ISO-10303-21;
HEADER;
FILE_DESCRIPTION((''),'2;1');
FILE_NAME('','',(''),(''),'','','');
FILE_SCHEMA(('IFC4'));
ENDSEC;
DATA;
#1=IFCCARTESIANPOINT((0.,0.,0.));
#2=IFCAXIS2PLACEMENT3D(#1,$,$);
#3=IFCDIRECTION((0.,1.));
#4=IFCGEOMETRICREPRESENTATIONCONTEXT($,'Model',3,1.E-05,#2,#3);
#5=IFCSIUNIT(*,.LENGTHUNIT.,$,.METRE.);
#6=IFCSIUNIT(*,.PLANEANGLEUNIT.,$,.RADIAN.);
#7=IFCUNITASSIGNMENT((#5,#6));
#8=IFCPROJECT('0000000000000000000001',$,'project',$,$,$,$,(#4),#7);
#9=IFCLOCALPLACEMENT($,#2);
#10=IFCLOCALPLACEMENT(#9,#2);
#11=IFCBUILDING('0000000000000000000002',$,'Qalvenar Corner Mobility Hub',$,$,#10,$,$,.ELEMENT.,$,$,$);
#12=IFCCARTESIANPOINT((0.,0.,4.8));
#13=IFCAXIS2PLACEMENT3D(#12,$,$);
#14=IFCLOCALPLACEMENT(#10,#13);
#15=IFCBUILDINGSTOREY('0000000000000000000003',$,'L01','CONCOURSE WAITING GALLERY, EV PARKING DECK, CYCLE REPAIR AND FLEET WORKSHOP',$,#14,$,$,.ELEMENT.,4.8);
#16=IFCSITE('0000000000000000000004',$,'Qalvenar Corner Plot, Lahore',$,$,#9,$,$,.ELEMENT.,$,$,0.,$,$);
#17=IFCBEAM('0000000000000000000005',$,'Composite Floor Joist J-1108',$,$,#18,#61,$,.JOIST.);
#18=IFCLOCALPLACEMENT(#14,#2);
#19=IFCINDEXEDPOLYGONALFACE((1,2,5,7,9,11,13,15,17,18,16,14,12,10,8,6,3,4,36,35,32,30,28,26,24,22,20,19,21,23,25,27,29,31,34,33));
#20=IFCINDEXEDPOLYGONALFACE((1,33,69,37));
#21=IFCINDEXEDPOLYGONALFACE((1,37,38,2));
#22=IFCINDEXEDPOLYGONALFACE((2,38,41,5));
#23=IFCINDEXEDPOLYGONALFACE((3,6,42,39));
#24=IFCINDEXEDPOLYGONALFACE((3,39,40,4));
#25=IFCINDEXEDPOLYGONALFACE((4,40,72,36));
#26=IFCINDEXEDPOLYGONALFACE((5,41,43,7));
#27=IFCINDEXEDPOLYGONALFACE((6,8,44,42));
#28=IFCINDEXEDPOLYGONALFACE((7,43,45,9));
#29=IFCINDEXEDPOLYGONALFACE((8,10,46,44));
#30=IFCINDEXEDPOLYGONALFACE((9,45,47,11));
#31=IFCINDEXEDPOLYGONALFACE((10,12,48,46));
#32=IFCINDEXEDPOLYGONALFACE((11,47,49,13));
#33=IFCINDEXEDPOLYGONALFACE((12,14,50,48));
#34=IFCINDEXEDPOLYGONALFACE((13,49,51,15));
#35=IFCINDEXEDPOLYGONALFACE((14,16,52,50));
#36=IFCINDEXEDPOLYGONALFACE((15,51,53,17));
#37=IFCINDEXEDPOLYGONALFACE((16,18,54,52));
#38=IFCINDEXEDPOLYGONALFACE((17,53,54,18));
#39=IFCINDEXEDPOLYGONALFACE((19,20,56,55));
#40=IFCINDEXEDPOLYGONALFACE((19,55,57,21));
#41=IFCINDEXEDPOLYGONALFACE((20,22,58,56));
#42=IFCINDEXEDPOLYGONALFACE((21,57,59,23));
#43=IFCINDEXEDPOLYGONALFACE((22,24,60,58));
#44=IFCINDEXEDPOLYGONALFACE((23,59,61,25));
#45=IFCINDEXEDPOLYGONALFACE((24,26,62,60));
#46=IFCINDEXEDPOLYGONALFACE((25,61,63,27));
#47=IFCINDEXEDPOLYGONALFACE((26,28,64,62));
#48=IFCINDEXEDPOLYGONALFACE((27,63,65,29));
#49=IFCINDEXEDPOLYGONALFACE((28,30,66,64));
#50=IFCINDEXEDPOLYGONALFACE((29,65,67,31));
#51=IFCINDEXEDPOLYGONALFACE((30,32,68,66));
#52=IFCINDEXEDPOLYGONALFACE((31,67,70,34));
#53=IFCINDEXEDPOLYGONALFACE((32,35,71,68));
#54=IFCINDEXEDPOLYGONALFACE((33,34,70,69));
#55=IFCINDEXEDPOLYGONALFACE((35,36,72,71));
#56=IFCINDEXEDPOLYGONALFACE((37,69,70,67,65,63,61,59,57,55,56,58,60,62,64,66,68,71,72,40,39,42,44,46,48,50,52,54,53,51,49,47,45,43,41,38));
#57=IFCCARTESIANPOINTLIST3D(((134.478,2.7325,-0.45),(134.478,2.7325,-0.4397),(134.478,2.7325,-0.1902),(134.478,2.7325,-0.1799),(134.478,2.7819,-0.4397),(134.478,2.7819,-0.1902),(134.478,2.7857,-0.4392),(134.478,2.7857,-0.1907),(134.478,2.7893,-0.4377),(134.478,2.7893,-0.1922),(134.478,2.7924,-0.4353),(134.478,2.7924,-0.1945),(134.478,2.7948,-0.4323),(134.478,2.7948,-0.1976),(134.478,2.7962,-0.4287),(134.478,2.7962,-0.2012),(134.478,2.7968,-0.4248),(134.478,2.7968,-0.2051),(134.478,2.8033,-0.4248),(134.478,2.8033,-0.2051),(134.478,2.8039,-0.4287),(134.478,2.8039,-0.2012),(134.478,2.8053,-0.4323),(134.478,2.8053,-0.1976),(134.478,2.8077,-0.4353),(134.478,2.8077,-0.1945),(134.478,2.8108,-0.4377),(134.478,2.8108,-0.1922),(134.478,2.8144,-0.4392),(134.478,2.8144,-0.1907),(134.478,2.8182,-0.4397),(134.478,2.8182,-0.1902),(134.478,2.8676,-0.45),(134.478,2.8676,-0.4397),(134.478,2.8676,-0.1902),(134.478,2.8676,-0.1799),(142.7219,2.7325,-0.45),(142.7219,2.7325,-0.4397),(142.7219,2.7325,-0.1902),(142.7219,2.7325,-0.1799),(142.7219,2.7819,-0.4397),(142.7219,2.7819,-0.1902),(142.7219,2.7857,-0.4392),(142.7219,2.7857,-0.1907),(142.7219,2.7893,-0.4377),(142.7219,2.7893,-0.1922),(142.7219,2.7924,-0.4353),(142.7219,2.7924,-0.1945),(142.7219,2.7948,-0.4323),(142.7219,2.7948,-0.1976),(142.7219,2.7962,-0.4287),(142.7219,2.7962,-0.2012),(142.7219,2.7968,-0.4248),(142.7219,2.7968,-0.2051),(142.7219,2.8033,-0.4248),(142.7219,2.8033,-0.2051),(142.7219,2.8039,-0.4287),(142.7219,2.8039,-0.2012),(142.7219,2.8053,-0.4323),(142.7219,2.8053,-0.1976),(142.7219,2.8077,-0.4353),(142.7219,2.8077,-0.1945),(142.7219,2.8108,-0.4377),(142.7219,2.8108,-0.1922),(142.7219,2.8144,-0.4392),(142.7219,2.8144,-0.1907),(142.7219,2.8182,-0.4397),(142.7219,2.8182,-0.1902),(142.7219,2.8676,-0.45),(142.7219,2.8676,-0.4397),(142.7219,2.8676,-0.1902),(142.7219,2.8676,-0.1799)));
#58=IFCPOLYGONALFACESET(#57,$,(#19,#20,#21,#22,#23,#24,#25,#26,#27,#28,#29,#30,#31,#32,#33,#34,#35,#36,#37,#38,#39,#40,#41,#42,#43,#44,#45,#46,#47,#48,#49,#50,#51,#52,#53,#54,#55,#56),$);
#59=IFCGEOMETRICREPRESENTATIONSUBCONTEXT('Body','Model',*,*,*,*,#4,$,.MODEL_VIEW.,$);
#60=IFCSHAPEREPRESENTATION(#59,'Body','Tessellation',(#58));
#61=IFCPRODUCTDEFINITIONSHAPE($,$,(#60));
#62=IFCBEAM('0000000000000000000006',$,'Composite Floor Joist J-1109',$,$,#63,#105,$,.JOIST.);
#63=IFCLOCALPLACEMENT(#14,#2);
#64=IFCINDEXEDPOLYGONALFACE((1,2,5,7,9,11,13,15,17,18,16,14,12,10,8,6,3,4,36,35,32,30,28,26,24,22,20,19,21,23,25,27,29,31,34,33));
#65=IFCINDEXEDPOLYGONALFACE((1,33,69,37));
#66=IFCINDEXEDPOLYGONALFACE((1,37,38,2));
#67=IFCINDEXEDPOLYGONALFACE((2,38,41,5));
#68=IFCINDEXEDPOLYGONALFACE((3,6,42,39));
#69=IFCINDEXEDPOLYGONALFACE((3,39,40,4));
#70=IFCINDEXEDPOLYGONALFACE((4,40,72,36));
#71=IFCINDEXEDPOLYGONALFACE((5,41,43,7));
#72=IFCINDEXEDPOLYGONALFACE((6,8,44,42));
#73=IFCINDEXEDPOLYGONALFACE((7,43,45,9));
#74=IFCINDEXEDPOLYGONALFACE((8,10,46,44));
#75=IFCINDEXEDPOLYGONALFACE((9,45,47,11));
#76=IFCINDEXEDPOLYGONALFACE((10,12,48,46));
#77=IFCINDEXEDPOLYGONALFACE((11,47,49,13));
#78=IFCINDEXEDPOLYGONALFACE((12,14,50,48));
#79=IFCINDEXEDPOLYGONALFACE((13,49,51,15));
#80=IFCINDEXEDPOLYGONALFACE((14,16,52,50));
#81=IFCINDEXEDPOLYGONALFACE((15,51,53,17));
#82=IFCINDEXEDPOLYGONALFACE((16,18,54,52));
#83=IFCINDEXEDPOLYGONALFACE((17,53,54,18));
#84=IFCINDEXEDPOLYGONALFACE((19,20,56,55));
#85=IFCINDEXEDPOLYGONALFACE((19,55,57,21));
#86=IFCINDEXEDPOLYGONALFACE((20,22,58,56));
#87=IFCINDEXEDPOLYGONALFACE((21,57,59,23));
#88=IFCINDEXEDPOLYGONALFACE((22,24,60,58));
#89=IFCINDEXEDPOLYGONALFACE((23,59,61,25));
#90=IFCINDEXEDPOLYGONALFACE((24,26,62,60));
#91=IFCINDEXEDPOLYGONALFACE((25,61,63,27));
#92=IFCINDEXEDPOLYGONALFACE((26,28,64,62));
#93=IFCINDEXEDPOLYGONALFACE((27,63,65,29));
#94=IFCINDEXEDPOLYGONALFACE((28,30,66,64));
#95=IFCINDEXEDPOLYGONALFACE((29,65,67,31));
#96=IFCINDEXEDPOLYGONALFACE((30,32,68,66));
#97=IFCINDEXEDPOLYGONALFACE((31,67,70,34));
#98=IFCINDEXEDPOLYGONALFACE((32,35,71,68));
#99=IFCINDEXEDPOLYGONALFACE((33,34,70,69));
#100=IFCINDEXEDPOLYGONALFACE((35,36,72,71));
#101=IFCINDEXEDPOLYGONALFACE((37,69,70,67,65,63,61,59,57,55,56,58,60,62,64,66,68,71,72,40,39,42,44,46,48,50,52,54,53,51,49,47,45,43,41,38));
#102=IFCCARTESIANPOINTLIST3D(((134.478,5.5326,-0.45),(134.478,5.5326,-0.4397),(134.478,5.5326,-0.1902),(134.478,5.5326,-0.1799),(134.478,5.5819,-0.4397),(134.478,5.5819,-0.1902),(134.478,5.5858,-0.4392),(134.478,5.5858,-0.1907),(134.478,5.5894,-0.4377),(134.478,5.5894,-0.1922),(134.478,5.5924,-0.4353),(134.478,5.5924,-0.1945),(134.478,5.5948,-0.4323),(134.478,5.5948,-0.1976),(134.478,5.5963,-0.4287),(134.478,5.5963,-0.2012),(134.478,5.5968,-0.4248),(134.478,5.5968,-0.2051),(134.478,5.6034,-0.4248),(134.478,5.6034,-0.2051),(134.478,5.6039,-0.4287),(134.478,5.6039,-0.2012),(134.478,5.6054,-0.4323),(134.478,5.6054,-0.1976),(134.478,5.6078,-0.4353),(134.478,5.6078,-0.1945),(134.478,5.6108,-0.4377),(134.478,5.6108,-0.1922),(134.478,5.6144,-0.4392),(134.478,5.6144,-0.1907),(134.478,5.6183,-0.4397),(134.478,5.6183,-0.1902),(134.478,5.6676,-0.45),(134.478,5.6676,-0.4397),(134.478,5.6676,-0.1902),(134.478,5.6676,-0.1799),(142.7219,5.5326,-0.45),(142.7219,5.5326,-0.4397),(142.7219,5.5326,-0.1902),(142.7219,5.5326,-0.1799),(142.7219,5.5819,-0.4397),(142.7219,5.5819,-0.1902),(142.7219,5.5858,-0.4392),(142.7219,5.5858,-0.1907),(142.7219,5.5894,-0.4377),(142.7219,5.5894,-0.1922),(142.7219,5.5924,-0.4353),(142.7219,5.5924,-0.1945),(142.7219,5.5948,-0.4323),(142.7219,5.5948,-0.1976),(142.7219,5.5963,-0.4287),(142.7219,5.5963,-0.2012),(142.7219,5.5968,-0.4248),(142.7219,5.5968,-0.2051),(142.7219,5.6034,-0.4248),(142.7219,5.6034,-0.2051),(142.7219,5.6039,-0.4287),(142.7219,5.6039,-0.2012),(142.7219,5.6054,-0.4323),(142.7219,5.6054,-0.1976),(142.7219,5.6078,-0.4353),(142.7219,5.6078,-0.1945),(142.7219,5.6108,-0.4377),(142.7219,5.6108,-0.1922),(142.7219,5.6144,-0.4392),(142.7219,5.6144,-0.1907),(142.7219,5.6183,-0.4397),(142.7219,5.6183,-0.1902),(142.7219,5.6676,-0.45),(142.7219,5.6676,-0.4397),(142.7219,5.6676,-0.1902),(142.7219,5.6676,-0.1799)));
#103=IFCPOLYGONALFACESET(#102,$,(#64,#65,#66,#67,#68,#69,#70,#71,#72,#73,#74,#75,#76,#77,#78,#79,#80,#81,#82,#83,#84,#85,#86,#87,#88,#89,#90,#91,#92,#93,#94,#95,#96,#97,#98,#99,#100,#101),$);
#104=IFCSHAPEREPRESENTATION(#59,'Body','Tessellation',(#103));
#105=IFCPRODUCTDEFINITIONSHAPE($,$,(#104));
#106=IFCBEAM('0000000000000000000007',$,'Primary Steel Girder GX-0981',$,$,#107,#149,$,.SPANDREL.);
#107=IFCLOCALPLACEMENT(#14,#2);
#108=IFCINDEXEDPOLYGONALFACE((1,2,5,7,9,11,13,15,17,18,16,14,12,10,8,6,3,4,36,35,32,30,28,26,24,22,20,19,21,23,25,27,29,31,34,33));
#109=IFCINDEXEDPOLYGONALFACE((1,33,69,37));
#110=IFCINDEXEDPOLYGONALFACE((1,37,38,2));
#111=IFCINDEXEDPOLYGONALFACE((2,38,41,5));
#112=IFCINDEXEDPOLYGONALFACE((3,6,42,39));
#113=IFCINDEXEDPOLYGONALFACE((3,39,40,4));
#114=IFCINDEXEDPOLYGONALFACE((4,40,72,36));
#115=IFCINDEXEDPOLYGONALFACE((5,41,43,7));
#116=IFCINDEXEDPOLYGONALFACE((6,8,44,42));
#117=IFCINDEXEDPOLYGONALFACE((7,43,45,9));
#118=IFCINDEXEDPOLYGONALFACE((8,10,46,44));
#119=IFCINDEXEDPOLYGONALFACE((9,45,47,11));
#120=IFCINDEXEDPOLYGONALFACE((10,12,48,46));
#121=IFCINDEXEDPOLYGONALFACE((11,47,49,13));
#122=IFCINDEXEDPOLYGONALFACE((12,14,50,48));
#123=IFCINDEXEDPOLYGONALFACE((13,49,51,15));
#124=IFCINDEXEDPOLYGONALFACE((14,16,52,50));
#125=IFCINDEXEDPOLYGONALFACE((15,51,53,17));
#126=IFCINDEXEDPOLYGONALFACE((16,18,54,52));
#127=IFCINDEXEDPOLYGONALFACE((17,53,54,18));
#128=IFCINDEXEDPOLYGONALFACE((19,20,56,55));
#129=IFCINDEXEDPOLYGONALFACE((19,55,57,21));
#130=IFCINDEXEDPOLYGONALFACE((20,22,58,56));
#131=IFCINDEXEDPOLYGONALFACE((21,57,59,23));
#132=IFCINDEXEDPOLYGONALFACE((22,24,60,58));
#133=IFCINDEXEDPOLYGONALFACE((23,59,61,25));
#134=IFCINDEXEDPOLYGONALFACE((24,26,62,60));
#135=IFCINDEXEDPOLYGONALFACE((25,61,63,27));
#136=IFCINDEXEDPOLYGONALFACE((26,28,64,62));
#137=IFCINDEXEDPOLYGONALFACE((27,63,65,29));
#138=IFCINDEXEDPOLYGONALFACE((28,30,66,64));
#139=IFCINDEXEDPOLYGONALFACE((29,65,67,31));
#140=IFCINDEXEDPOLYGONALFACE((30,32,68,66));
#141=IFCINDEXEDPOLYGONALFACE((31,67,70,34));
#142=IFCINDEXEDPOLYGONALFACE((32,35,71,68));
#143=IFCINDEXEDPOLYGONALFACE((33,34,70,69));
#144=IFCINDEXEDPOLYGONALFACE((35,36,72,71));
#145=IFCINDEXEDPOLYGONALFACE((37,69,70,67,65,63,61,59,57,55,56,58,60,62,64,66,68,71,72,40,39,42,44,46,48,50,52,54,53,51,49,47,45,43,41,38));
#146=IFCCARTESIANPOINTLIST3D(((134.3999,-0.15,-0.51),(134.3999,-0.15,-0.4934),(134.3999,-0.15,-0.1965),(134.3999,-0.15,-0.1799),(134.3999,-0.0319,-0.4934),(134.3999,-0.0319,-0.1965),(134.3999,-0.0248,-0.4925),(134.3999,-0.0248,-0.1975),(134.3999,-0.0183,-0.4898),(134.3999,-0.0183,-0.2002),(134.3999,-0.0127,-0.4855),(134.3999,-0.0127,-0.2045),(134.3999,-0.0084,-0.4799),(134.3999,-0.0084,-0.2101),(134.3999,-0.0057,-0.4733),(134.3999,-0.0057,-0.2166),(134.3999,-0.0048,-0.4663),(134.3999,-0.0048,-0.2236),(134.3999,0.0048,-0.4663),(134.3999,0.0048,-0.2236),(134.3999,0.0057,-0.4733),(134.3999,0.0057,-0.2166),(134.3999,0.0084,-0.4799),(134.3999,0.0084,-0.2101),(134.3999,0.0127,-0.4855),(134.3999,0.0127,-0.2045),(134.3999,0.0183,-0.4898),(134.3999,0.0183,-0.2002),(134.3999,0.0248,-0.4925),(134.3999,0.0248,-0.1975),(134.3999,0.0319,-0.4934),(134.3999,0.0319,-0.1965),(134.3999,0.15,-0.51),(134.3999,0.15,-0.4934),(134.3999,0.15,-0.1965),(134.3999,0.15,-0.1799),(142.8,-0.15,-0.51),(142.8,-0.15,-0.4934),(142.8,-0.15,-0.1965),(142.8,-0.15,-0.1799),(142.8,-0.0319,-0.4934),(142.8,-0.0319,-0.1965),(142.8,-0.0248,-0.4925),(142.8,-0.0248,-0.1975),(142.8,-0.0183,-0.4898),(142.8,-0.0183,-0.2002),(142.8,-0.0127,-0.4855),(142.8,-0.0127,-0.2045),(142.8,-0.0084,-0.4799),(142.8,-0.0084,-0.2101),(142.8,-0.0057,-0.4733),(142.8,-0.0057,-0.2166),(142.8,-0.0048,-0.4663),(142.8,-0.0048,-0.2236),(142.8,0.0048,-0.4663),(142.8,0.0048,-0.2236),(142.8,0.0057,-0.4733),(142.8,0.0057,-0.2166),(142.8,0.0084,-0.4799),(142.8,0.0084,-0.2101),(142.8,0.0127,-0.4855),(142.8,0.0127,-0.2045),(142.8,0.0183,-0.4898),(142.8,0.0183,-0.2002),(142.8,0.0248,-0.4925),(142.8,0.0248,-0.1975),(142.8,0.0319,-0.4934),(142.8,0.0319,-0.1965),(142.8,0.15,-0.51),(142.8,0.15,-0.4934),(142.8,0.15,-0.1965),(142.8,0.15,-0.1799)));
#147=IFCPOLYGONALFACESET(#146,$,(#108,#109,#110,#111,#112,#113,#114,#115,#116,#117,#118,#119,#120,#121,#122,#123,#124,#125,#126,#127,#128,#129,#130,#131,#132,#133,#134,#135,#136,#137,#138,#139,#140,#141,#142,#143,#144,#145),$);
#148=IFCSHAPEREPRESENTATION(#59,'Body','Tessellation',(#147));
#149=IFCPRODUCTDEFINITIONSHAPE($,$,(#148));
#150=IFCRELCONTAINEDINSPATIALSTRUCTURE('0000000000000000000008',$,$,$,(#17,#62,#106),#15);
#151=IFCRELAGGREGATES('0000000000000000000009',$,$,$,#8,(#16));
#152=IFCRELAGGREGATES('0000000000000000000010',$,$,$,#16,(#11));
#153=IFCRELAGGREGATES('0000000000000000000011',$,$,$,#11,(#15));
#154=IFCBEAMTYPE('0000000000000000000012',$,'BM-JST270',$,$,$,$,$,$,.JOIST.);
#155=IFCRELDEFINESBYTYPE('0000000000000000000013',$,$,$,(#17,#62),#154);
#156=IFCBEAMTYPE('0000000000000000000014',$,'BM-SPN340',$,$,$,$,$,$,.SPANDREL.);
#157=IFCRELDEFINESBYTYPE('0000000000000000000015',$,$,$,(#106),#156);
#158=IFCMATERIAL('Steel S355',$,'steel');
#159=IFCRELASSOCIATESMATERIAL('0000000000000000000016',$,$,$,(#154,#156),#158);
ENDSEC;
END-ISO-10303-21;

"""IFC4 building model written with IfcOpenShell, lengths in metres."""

from ifc_helpers import new_model, si_unit, direction, frame, origin, origin_2d, place, context, subcontext, project, spatial, i_section, extrude, material, material_profile, profile_set, type_object, element, save


model = new_model("IFC4")

# Units and contexts
model_context = context("Model", 3, precision=1e-05, world=origin(), true_north=direction((0.0, 1.0)))
body_context = subcontext(model_context, "Body", "Model", "MODEL_VIEW")
ifc_project = project(units=[si_unit("LENGTHUNIT", "METRE"), si_unit("PLANEANGLEUNIT", "RADIAN")], contexts=[model_context])

# Site, building, storey
site_placement = place(None, origin())
site = spatial("IfcSite", under=ifc_project, at=site_placement, Name="Qalvenar Corner Plot, Lahore", CompositionType="ELEMENT", RefElevation=0.0)
building_placement = place(site_placement, origin())
building = spatial("IfcBuilding", under=site, at=building_placement, Name="Qalvenar Corner Mobility Hub", CompositionType="ELEMENT")
storey_placement = place(building_placement, frame((0.0, 0.0, 4.8)))
storey = spatial("IfcBuildingStorey", under=building, at=storey_placement, Name="L01", Description="CONCOURSE WAITING GALLERY, EV PARKING DECK, CYCLE REPAIR AND FLEET WORKSHOP", CompositionType="ELEMENT", Elevation=4.8)

# Shared definitions
ifc_material_1 = material(Name="Steel S355", Category="steel")

# Beams
ifc_material_profile_1 = material_profile(ifc_material_1, i_section(OverallWidth=0.135, OverallDepth=0.27, WebThickness=0.0066, FlangeThickness=0.0103, FilletRadius=0.0149, at=origin_2d()), Name="IPE270")
ifc_profile_set_1 = profile_set([ifc_material_profile_1], Name="Steel S355")
beam_type_1 = type_object("IfcBeamType", Name="BM-JST270", PredefinedType="JOIST", material=ifc_profile_set_1)
for number, where, z_axis, x_axis, name in (
    (1, (134.478, 2.8, -0.3149), (1.0, 0.0, 0.0), (0.0, 1.0, 0.0), "Composite Floor Joist J-1108"),
    (2, (134.478, 5.6001, -0.3149), (1.0, 0.0, 0.0), (0.0, 1.0, 0.0), "Composite Floor Joist J-1109"),
):
    element("IfcBeam", number, at=place(storey_placement, frame(where, z_axis=z_axis, x_axis=x_axis)), inside=storey, type_object=beam_type_1, Name=name, PredefinedType="JOIST", context=body_context, shape_type="SweptSolid", body=[
        extrude(i_section(OverallWidth=0.135, OverallDepth=0.27, WebThickness=0.0066, FlangeThickness=0.0103, FilletRadius=0.0149, at=origin_2d()), origin(), (0.0, 0.0, 1.0), 8.2439),
    ])
ifc_material_profile_2 = material_profile(ifc_material_1, i_section(OverallWidth=0.3, OverallDepth=0.3301, WebThickness=0.0095, FlangeThickness=0.0166, FilletRadius=0.0271, at=origin_2d()), Name="HEA340")
ifc_profile_set_2 = profile_set([ifc_material_profile_2], Name="Steel S355")
beam_type_2 = type_object("IfcBeamType", Name="BM-SPN340", PredefinedType="SPANDREL", material=ifc_profile_set_2)
beam_1_placement = place(storey_placement, frame((134.3999, 0.0, -0.345), z_axis=(1.0, 0.0, 0.0), x_axis=(0.0, 1.0, 0.0)))
element("IfcBeam", 3, at=beam_1_placement, inside=storey, type_object=beam_type_2, Name="Primary Steel Girder GX-0981", PredefinedType="SPANDREL", context=body_context, shape_type="SweptSolid", body=[
    extrude(i_section(OverallWidth=0.3, OverallDepth=0.3301, WebThickness=0.0095, FlangeThickness=0.0166, FilletRadius=0.0271, at=origin_2d()), origin(), (0.0, 0.0, 1.0), 8.4001),
])

save(model, "model.ifc")
